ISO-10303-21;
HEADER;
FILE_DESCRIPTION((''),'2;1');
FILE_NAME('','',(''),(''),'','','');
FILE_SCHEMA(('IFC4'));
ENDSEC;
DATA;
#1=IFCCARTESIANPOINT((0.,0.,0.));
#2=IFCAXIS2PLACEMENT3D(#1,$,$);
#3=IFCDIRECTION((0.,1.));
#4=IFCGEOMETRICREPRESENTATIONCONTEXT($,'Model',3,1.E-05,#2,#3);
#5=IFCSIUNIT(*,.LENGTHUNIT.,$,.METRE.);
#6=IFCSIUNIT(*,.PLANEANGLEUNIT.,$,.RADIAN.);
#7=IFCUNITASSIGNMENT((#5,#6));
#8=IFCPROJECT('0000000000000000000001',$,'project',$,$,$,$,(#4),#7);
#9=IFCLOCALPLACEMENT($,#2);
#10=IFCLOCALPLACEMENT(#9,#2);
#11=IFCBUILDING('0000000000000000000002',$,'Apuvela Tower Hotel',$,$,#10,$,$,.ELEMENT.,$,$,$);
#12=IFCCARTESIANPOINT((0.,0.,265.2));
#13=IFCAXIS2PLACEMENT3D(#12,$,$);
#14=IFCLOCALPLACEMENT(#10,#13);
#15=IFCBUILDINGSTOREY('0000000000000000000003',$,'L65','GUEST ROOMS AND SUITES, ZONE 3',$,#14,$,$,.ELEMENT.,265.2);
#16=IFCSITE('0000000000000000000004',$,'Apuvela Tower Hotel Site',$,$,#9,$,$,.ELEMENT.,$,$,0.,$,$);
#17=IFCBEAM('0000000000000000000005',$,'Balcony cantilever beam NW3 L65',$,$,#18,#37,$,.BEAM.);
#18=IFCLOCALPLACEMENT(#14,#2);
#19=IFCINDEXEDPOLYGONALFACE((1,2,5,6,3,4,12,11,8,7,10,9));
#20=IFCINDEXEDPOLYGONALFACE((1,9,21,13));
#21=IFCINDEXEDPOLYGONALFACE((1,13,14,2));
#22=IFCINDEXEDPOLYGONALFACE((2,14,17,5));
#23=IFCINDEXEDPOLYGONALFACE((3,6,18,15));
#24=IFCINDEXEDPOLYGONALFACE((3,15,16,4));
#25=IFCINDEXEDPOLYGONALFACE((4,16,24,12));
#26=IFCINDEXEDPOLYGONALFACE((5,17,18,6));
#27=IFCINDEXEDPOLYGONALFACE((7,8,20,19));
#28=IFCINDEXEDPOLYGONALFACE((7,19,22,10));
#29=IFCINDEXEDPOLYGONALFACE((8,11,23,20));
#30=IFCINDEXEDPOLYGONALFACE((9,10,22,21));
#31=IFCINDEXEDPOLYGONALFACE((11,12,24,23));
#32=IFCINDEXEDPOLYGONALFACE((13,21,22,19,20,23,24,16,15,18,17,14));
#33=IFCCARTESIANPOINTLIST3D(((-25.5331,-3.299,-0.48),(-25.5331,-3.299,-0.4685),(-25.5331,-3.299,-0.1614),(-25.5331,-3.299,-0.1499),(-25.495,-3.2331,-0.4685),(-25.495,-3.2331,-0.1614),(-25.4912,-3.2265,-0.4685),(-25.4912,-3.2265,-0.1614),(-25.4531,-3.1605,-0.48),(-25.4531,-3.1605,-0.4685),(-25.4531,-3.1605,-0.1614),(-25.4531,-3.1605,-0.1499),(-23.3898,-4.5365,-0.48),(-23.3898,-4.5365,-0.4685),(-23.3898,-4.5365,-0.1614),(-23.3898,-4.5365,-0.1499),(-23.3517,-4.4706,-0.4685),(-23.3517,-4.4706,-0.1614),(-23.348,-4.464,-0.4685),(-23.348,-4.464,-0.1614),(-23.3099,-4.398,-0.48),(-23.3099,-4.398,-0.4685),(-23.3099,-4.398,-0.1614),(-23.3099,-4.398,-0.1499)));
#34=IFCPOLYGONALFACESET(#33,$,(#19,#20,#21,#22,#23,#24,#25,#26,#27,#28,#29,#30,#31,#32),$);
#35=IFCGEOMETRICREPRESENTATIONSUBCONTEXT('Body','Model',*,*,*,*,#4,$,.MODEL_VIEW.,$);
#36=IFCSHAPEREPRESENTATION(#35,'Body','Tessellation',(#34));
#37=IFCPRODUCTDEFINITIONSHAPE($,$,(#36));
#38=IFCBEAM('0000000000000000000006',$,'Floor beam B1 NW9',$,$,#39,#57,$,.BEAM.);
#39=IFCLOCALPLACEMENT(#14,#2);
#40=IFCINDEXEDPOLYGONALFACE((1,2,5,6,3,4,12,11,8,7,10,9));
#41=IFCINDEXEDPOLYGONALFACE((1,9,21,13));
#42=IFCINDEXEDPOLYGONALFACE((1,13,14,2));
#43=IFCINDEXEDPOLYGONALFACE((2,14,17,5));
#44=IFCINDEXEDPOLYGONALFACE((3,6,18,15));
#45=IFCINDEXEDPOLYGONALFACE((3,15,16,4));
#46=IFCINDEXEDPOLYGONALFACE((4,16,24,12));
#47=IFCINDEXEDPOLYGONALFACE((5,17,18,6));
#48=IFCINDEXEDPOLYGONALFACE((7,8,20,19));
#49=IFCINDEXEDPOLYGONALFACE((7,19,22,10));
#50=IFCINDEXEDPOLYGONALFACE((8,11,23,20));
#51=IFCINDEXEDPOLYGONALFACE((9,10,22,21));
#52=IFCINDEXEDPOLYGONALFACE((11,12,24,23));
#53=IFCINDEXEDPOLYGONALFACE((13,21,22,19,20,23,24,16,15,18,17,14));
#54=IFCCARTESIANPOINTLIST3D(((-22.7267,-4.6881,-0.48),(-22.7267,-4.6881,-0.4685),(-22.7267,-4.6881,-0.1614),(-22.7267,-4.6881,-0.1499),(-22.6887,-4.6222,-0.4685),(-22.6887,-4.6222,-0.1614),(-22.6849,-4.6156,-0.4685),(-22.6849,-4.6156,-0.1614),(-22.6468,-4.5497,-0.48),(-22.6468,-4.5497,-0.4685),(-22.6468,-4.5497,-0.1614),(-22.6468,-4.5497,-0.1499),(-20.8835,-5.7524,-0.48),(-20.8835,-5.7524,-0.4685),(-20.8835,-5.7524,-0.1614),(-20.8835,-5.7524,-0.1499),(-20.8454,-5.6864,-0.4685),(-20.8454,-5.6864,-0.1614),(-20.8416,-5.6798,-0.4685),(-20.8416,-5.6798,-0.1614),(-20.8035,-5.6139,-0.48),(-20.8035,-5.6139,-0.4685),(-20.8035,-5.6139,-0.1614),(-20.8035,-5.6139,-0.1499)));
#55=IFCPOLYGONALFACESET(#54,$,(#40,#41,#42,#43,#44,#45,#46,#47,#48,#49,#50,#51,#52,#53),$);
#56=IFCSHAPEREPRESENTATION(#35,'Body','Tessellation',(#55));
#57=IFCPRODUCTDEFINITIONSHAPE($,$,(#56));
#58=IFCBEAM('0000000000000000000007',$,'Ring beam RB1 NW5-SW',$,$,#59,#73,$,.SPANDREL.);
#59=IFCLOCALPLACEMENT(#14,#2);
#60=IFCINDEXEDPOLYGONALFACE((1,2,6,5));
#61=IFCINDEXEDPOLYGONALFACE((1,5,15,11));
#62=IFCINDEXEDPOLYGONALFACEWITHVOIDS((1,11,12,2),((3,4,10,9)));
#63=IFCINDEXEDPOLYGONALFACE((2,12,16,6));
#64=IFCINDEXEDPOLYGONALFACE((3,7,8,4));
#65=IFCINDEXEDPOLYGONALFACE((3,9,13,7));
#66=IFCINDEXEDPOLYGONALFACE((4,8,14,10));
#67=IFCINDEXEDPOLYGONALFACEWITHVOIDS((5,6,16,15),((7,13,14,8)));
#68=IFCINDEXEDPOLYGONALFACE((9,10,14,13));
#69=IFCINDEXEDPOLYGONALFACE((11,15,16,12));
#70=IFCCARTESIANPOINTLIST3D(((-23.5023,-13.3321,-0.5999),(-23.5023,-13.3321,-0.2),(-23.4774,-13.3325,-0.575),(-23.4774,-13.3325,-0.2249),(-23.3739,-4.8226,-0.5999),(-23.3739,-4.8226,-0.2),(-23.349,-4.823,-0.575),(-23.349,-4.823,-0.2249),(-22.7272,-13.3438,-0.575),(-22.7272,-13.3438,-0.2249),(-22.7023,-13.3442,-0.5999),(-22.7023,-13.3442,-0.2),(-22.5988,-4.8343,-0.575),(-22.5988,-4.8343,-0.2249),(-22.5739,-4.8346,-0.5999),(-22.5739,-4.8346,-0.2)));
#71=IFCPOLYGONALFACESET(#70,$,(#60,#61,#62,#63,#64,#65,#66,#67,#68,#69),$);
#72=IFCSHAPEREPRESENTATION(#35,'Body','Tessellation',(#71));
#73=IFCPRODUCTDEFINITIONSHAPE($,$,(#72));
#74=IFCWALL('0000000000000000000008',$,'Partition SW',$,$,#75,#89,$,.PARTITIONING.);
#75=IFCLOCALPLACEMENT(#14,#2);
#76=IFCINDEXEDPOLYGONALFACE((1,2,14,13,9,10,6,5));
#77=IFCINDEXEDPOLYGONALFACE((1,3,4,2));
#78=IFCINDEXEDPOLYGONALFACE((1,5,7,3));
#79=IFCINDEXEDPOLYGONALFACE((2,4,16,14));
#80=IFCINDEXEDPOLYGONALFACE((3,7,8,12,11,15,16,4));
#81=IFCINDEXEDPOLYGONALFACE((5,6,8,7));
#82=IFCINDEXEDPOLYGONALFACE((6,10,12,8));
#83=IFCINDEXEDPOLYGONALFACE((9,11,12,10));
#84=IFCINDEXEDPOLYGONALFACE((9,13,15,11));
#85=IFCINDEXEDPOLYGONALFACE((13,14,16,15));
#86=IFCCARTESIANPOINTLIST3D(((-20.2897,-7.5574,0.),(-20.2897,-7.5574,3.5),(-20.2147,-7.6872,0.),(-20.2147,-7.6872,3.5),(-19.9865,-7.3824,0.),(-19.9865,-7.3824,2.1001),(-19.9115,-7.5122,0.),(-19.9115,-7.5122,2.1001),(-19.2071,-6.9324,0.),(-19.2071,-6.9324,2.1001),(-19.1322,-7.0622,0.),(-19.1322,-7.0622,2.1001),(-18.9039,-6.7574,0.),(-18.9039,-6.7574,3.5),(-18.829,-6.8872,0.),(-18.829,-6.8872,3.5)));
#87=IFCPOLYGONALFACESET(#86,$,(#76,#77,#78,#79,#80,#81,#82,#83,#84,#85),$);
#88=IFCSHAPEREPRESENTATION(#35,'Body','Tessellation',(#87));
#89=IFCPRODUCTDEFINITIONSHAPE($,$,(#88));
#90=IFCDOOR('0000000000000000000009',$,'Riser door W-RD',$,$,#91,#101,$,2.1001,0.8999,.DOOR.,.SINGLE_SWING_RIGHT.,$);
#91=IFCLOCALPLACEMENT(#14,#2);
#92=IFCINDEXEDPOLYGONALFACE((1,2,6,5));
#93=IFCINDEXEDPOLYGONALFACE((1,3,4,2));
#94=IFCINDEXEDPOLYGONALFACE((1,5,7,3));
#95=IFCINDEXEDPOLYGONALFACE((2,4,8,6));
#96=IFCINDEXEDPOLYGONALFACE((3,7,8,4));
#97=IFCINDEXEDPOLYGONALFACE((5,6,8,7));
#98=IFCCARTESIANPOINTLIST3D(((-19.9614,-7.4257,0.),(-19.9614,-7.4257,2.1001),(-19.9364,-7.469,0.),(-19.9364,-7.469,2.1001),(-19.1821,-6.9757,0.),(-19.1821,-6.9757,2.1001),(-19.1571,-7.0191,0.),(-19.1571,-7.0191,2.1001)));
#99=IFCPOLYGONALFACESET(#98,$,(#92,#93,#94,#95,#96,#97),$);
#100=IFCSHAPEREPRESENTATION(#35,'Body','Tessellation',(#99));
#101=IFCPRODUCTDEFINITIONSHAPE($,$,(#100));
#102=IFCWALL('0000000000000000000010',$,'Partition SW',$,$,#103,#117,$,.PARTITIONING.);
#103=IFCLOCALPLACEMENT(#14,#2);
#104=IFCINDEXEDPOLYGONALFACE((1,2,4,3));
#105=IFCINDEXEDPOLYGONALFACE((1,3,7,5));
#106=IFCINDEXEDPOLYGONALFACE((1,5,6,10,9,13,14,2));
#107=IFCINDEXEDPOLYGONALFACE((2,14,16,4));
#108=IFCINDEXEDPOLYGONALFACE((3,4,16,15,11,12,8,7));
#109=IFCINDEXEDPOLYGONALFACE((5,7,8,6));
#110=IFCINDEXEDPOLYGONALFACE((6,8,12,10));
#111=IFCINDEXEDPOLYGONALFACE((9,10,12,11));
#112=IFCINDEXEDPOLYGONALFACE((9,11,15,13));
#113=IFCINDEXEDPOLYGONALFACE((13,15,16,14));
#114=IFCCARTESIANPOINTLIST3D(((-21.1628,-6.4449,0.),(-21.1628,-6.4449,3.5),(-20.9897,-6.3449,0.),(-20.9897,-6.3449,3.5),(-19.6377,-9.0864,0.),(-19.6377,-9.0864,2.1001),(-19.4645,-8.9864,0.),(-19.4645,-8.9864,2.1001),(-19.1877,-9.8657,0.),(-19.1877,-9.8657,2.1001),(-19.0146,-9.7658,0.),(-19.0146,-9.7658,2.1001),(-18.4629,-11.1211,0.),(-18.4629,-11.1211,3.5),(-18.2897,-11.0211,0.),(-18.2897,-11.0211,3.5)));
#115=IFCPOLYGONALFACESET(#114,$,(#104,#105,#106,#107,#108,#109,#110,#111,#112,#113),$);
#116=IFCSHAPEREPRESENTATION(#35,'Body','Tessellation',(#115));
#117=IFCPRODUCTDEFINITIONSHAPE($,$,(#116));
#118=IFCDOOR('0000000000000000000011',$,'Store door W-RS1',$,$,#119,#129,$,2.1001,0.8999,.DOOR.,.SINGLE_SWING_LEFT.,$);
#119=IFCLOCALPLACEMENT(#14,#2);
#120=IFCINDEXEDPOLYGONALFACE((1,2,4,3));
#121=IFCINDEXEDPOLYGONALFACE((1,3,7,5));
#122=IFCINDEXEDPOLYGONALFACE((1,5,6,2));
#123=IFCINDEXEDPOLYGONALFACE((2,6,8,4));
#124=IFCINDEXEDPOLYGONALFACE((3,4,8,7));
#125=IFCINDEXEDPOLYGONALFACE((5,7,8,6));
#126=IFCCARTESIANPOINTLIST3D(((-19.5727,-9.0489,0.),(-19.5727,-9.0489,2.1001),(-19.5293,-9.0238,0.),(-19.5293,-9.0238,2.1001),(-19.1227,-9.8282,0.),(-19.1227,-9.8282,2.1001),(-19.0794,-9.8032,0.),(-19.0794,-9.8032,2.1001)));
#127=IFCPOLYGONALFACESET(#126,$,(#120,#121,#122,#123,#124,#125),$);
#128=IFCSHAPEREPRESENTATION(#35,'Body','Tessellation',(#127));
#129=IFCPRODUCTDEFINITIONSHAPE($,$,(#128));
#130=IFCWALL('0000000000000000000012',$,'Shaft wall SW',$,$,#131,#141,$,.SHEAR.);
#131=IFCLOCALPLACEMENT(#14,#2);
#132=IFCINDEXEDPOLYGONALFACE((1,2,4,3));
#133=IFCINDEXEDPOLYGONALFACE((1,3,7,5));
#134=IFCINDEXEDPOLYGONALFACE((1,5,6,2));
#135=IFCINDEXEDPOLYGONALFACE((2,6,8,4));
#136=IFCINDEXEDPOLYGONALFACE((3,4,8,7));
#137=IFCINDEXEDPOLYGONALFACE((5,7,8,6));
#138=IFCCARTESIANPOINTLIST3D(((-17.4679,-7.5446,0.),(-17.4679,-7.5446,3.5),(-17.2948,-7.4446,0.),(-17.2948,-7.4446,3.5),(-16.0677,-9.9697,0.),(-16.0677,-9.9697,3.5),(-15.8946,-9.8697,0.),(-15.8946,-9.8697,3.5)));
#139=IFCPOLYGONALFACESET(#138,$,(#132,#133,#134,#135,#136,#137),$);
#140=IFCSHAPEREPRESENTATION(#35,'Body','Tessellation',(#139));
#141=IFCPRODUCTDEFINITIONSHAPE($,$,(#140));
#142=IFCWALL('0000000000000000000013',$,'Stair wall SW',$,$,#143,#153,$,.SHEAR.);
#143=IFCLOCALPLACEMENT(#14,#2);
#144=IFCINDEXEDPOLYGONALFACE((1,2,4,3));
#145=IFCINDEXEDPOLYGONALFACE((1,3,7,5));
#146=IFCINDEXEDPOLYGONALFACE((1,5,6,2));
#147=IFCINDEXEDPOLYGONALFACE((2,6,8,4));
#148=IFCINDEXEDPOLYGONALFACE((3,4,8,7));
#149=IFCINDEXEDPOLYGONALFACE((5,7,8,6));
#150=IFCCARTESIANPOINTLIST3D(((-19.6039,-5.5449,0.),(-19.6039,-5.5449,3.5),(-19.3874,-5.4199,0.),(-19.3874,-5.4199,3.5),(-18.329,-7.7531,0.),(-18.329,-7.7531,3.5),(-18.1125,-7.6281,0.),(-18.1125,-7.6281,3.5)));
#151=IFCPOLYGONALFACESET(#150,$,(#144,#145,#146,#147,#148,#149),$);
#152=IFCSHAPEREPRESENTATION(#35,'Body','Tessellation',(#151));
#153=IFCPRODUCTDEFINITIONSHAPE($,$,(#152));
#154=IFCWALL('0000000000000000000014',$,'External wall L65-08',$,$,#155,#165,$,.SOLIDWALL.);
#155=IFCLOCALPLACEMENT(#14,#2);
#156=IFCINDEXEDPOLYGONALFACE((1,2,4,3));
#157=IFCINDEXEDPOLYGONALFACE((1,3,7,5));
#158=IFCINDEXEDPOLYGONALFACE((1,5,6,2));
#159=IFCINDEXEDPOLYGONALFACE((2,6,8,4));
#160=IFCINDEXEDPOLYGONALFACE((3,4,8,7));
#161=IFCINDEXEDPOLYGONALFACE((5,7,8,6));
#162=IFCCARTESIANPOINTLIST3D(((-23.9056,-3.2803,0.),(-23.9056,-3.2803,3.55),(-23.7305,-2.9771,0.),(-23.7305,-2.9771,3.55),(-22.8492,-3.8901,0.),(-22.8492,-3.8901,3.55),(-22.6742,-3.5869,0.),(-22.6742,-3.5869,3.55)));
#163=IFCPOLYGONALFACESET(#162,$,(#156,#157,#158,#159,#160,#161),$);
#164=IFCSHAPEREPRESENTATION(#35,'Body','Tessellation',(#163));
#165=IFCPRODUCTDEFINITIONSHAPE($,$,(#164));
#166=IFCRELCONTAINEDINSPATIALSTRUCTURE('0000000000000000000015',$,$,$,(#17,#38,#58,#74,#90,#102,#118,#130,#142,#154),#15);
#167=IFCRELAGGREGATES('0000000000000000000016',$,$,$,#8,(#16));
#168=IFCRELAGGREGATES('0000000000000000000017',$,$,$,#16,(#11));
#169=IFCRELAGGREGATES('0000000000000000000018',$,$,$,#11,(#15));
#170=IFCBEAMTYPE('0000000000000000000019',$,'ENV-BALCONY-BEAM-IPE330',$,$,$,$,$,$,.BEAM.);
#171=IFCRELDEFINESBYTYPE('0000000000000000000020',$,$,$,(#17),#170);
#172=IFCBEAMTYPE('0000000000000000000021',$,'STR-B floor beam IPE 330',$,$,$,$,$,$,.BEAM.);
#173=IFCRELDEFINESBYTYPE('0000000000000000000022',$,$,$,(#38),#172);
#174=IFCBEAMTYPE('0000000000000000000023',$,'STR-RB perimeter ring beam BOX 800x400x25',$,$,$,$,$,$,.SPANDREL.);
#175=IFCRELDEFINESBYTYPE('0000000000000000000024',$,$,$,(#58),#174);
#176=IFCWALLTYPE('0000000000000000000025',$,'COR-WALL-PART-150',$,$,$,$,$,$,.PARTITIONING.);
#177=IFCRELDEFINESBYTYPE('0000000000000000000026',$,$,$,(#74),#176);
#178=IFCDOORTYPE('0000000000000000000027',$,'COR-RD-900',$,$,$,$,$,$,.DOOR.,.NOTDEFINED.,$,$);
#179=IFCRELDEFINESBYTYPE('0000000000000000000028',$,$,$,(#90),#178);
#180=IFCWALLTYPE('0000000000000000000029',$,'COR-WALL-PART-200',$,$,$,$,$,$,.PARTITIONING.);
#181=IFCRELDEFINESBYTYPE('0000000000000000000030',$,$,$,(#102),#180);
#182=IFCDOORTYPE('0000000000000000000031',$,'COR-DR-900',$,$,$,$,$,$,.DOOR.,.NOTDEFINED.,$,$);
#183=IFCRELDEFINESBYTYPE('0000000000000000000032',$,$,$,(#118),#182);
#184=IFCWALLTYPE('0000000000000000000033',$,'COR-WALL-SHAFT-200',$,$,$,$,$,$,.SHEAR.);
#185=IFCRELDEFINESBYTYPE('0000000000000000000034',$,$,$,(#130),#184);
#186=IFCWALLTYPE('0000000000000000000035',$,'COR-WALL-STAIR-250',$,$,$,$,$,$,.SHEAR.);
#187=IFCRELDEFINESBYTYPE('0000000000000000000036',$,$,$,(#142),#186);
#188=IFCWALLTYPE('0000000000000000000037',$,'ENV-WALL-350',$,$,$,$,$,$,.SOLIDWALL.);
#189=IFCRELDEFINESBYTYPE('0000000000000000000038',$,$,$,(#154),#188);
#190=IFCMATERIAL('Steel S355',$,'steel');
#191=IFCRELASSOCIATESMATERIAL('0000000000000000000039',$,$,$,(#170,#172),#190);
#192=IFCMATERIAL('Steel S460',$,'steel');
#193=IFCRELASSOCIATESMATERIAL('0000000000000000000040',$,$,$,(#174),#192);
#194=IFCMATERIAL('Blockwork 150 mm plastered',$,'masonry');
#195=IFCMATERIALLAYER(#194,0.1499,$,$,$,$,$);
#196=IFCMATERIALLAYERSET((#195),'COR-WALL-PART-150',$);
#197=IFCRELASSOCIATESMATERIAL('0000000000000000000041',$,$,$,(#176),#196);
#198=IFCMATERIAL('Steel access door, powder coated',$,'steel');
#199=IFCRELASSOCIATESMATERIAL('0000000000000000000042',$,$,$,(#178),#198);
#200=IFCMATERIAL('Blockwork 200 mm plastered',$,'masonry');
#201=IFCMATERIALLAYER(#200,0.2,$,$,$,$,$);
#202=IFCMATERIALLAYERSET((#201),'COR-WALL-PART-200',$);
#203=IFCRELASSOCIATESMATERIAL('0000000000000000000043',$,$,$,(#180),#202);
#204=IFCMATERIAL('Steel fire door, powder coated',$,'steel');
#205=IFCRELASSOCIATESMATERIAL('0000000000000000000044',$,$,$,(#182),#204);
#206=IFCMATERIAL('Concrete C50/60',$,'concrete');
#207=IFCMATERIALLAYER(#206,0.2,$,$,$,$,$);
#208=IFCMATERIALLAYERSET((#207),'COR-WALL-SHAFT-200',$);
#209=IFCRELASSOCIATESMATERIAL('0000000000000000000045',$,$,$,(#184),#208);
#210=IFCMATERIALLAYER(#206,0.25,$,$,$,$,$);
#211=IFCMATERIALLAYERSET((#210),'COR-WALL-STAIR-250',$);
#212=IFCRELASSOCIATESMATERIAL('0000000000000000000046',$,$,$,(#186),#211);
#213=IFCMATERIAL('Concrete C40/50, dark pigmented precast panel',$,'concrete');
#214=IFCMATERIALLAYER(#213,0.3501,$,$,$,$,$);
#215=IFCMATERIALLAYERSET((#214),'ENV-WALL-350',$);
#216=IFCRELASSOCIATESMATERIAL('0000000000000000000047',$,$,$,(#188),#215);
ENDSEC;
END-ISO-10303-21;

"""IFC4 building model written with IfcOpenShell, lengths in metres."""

from ifc_helpers import new_model, si_unit, direction, frame, frame_2d, origin, origin_2d, place, context, subcontext, project, spatial, rectangle, hollow_rectangle, i_section, extrude, material, layer, layer_set, material_profile, profile_set, type_object, element, fill, save


model = new_model("IFC4")

# Units and contexts
model_context = context("Model", 3, precision=1e-05, world=origin(), true_north=direction((0.0, 1.0)))
body_context = subcontext(model_context, "Body", "Model", "MODEL_VIEW")
ifc_project = project(units=[si_unit("LENGTHUNIT", "METRE"), si_unit("PLANEANGLEUNIT", "RADIAN")], contexts=[model_context])

# Site, building, storey
site_placement = place(None, origin())
site = spatial("IfcSite", under=ifc_project, at=site_placement, Name="Apuvela Tower Hotel Site", CompositionType="ELEMENT", RefElevation=0.0)
building_placement = place(site_placement, origin())
building = spatial("IfcBuilding", under=site, at=building_placement, Name="Apuvela Tower Hotel", CompositionType="ELEMENT")
storey_placement = place(building_placement, frame((0.0, 0.0, 265.2)))
storey = spatial("IfcBuildingStorey", under=building, at=storey_placement, Name="L65", Description="GUEST ROOMS AND SUITES, ZONE 3", CompositionType="ELEMENT", Elevation=265.2)

# Shared definitions
ifc_material_1 = material(Name="Steel S460", Category="steel")

# Beams
ifc_material_2 = material(Name="Steel S355", Category="steel")
ifc_material_profile_1 = material_profile(ifc_material_2, i_section(OverallWidth=0.1599, OverallDepth=0.3301, WebThickness=0.0076, FlangeThickness=0.0115, at=origin_2d()), Name="IPE 330")
ifc_profile_set_1 = profile_set([ifc_material_profile_1], Name="Steel S355")
beam_type_1 = type_object("IfcBeamType", Name="ENV-BALCONY-BEAM-IPE330", PredefinedType="BEAM", material=ifc_profile_set_1)
beam_1_placement = place(storey_placement, frame((-23.3499, -4.4673, -0.3149), z_axis=(-0.866007, 0.500033, 0.0), x_axis=(-0.500033, -0.866007, 0.0)))
element("IfcBeam", 1, at=beam_1_placement, inside=storey, type_object=beam_type_1, Name="Balcony cantilever beam NW3 L65", PredefinedType="BEAM", context=body_context, shape_type="SweptSolid", body=[
    extrude(i_section(OverallWidth=0.1599, OverallDepth=0.3301, WebThickness=0.0076, FlangeThickness=0.0115, at=origin_2d()), origin(), (0.0, 0.0, 1.0), 2.4749),
])
ifc_material_profile_2 = material_profile(ifc_material_2, i_section(OverallWidth=0.1599, OverallDepth=0.3301, WebThickness=0.0076, FlangeThickness=0.0115, at=origin_2d()), Name="IPE 330")
ifc_profile_set_2 = profile_set([ifc_material_profile_2], Name="Steel S355")
beam_type_2 = type_object("IfcBeamType", Name="STR-B floor beam IPE 330", PredefinedType="BEAM", material=ifc_profile_set_2)
beam_2_placement = place(storey_placement, frame((-22.6868, -4.6189, -0.3149), z_axis=(0.866025, -0.5, 0.0), x_axis=(0.5, 0.866025, 0.0)))
element("IfcBeam", 2, at=beam_2_placement, inside=storey, type_object=beam_type_2, Name="Floor beam B1 NW9", PredefinedType="BEAM", context=body_context, shape_type="SweptSolid", body=[
    extrude(i_section(OverallWidth=0.1599, OverallDepth=0.3301, WebThickness=0.0076, FlangeThickness=0.0115, at=origin_2d()), origin(), (0.0, 0.0, 1.0), 2.1284),
])
ifc_material_profile_3 = material_profile(ifc_material_1, hollow_rectangle(XDim=0.8, YDim=0.3999, WallThickness=0.0249, at=origin_2d()), Name="BOX 800x400x25")
ifc_profile_set_3 = profile_set([ifc_material_profile_3], Name="Steel S460")
beam_type_3 = type_object("IfcBeamType", Name="STR-RB perimeter ring beam BOX 800x400x25", PredefinedType="SPANDREL", material=ifc_profile_set_3)
beam_3_placement = place(storey_placement, frame((-22.9739, -4.8286, -0.3999), z_axis=(-0.015089, -0.999886, 0.0), x_axis=(0.999886, -0.015089, 0.0)))
element("IfcBeam", 3, at=beam_3_placement, inside=storey, type_object=beam_type_3, Name="Ring beam RB1 NW5-SW", PredefinedType="SPANDREL", context=body_context, shape_type="SweptSolid", body=[
    extrude(hollow_rectangle(XDim=0.8, YDim=0.3999, WallThickness=0.0249, at=origin_2d()), origin(), (0.0, 0.0, 1.0), 8.5105),
])

# Walls, openings, doors
ifc_material_3 = material(Name="Blockwork 150 mm plastered", Category="masonry")
ifc_layer_1 = layer(ifc_material_3, 0.1499)
ifc_layer_set_1 = layer_set([ifc_layer_1], Name="COR-WALL-PART-150")
wall_type_1 = type_object("IfcWallType", Name="COR-WALL-PART-150", PredefinedType="PARTITIONING", material=ifc_layer_set_1)
wall_1_placement = place(storey_placement, frame((-18.8665, -6.8223, 0.0), z_axis=(0.0, 0.0, 1.0), x_axis=(-0.866028, -0.499995, 0.0)))
wall_1 = element("IfcWall", 4, at=wall_1_placement, inside=storey, type_object=wall_type_1, Name="Partition SW", PredefinedType="PARTITIONING", context=body_context, shape_type="SweptSolid", body=[
    extrude(rectangle(XDim=1.6001, YDim=0.1499, at=frame_2d((0.8, 0.0))), origin(), (0.0, 0.0, 1.0), 3.5),
])
opening_1_placement = place(wall_1_placement, frame((0.3501, 0.0, 0.0)))
opening_1 = element("IfcOpeningElement", 5, at=opening_1_placement, cuts=wall_1, PredefinedType="OPENING", context=body_context, shape_type="SweptSolid", body=[
    extrude(rectangle(XDim=0.8999, YDim=2.1001, at=frame_2d((0.45, 1.05))), frame((0.0, 0.085, 0.0), z_axis=(0.0, -1.0, 0.0), x_axis=(1.0, 0.0, 0.0)), (0.0, 0.0, 1.0), 0.1699),
])
ifc_material_4 = material(Name="Steel access door, powder coated", Category="steel")
door_type_1 = type_object("IfcDoorType", Name="COR-RD-900", OperationType="NOTDEFINED", PredefinedType="DOOR", material=ifc_material_4)
door_1_placement = place(opening_1_placement, frame((0.8999, 0.0, 0.0), z_axis=(0.0, 0.0, 1.0), x_axis=(-1.0, 0.0, 0.0)))
door_1 = element("IfcDoor", 6, at=door_1_placement, inside=storey, type_object=door_type_1, Name="Riser door W-RD", OperationType="SINGLE_SWING_RIGHT", OverallHeight=2.1001, OverallWidth=0.8999, PredefinedType="DOOR", context=body_context, shape_type="SweptSolid", body=[
    extrude(rectangle(XDim=0.8999, YDim=2.1001, at=frame_2d((0.45, 1.05))), frame((0.0, 0.0249, 0.0), z_axis=(0.0, -1.0, 0.0), x_axis=(1.0, 0.0, 0.0)), (0.0, 0.0, 1.0), 0.05),
])
fill(opening_1, door_1)
ifc_material_5 = material(Name="Blockwork 200 mm plastered", Category="masonry")
ifc_layer_2 = layer(ifc_material_5, 0.2)
ifc_layer_set_2 = layer_set([ifc_layer_2], Name="COR-WALL-PART-200")
wall_type_2 = type_object("IfcWallType", Name="COR-WALL-PART-200", PredefinedType="PARTITIONING", material=ifc_layer_set_2)
wall_2_placement = place(storey_placement, frame((-21.0762, -6.395, 0.0), z_axis=(0.0, 0.0, 1.0), x_axis=(0.500015, -0.866017, 0.0)))
wall_2 = element("IfcWall", 7, at=wall_2_placement, inside=storey, type_object=wall_type_2, Name="Partition SW", PredefinedType="PARTITIONING", context=body_context, shape_type="SweptSolid", body=[
    extrude(rectangle(XDim=5.3997, YDim=0.2, at=frame_2d((2.6997, 0.0))), origin(), (0.0, 0.0, 1.0), 3.5),
])
opening_2_placement = place(wall_2_placement, frame((3.05, 0.0, 0.0)))
opening_2 = element("IfcOpeningElement", 8, at=opening_2_placement, cuts=wall_2, PredefinedType="OPENING", context=body_context, shape_type="SweptSolid", body=[
    extrude(rectangle(XDim=0.8999, YDim=2.1001, at=frame_2d((0.45, 1.05))), frame((0.0, 0.1099, 0.0), z_axis=(0.0, -1.0, 0.0), x_axis=(1.0, 0.0, 0.0)), (0.0, 0.0, 1.0), 0.22),
])
ifc_material_6 = material(Name="Steel fire door, powder coated", Category="steel")
door_type_2 = type_object("IfcDoorType", Name="COR-DR-900", OperationType="NOTDEFINED", PredefinedType="DOOR", material=ifc_material_6)
door_2_placement = place(opening_2_placement, frame((0.8999, 0.0, 0.0), z_axis=(0.0, 0.0, 1.0), x_axis=(-1.0, 0.0, 0.0)))
door_2 = element("IfcDoor", 9, at=door_2_placement, inside=storey, type_object=door_type_2, Name="Store door W-RS1", OperationType="SINGLE_SWING_LEFT", OverallHeight=2.1001, OverallWidth=0.8999, PredefinedType="DOOR", context=body_context, shape_type="SweptSolid", body=[
    extrude(rectangle(XDim=0.8999, YDim=2.1001, at=frame_2d((0.45, 1.05))), frame((0.0, 0.0249, 0.0), z_axis=(0.0, -1.0, 0.0), x_axis=(1.0, 0.0, 0.0)), (0.0, 0.0, 1.0), 0.05),
])
fill(opening_2, door_2)

# Walls
ifc_material_7 = material(Name="Concrete C50/60", Category="concrete")
ifc_layer_3 = layer(ifc_material_7, 0.2)
ifc_layer_set_3 = layer_set([ifc_layer_3], Name="COR-WALL-SHAFT-200")
wall_type_3 = type_object("IfcWallType", Name="COR-WALL-SHAFT-200", PredefinedType="SHEAR", material=ifc_layer_set_3)
wall_3_placement = place(storey_placement, frame((-17.3813, -7.4946, 0.0), z_axis=(0.0, 0.0, 1.0), x_axis=(0.500012, -0.866019, 0.0)))
element("IfcWall", 10, at=wall_3_placement, inside=storey, type_object=wall_type_3, Name="Shaft wall SW", PredefinedType="SHEAR", context=body_context, shape_type="SweptSolid", body=[
    extrude(rectangle(XDim=2.8003, YDim=0.2, at=frame_2d((1.4001, 0.0))), origin(), (0.0, 0.0, 1.0), 3.5),
])
ifc_layer_4 = layer(ifc_material_7, 0.25)
ifc_layer_set_4 = layer_set([ifc_layer_4], Name="COR-WALL-STAIR-250")
wall_type_4 = type_object("IfcWallType", Name="COR-WALL-STAIR-250", PredefinedType="SHEAR", material=ifc_layer_set_4)
wall_4_placement = place(storey_placement, frame((-19.4956, -5.4824, 0.0), z_axis=(0.0, 0.0, 1.0), x_axis=(0.49999, -0.866031, 0.0)))
element("IfcWall", 11, at=wall_4_placement, inside=storey, type_object=wall_type_4, Name="Stair wall SW", PredefinedType="SHEAR", context=body_context, shape_type="SweptSolid", body=[
    extrude(rectangle(XDim=2.5498, YDim=0.25, at=frame_2d((1.2749, 0.0))), origin(), (0.0, 0.0, 1.0), 3.5),
])
ifc_material_8 = material(Name="Concrete C40/50, dark pigmented precast panel", Category="concrete")
ifc_layer_5 = layer(ifc_material_8, 0.3501)
ifc_layer_set_5 = layer_set([ifc_layer_5], Name="ENV-WALL-350")
wall_type_5 = type_object("IfcWallType", Name="ENV-WALL-350", PredefinedType="SOLIDWALL", material=ifc_layer_set_5)
wall_5_placement = place(storey_placement, frame((-22.7617, -3.7385, 0.0), z_axis=(0.0, 0.0, 1.0), x_axis=(-0.866042, 0.499971, 0.0)))
element("IfcWall", 12, at=wall_5_placement, inside=storey, type_object=wall_type_5, Name="External wall L65-08", PredefinedType="SOLIDWALL", context=body_context, shape_type="SweptSolid", body=[
    extrude(rectangle(XDim=1.2197, YDim=0.3501, at=frame_2d((0.6099, 0.0))), origin(), (0.0, 0.0, 1.0), 3.55),
])

save(model, "model.ifc")
